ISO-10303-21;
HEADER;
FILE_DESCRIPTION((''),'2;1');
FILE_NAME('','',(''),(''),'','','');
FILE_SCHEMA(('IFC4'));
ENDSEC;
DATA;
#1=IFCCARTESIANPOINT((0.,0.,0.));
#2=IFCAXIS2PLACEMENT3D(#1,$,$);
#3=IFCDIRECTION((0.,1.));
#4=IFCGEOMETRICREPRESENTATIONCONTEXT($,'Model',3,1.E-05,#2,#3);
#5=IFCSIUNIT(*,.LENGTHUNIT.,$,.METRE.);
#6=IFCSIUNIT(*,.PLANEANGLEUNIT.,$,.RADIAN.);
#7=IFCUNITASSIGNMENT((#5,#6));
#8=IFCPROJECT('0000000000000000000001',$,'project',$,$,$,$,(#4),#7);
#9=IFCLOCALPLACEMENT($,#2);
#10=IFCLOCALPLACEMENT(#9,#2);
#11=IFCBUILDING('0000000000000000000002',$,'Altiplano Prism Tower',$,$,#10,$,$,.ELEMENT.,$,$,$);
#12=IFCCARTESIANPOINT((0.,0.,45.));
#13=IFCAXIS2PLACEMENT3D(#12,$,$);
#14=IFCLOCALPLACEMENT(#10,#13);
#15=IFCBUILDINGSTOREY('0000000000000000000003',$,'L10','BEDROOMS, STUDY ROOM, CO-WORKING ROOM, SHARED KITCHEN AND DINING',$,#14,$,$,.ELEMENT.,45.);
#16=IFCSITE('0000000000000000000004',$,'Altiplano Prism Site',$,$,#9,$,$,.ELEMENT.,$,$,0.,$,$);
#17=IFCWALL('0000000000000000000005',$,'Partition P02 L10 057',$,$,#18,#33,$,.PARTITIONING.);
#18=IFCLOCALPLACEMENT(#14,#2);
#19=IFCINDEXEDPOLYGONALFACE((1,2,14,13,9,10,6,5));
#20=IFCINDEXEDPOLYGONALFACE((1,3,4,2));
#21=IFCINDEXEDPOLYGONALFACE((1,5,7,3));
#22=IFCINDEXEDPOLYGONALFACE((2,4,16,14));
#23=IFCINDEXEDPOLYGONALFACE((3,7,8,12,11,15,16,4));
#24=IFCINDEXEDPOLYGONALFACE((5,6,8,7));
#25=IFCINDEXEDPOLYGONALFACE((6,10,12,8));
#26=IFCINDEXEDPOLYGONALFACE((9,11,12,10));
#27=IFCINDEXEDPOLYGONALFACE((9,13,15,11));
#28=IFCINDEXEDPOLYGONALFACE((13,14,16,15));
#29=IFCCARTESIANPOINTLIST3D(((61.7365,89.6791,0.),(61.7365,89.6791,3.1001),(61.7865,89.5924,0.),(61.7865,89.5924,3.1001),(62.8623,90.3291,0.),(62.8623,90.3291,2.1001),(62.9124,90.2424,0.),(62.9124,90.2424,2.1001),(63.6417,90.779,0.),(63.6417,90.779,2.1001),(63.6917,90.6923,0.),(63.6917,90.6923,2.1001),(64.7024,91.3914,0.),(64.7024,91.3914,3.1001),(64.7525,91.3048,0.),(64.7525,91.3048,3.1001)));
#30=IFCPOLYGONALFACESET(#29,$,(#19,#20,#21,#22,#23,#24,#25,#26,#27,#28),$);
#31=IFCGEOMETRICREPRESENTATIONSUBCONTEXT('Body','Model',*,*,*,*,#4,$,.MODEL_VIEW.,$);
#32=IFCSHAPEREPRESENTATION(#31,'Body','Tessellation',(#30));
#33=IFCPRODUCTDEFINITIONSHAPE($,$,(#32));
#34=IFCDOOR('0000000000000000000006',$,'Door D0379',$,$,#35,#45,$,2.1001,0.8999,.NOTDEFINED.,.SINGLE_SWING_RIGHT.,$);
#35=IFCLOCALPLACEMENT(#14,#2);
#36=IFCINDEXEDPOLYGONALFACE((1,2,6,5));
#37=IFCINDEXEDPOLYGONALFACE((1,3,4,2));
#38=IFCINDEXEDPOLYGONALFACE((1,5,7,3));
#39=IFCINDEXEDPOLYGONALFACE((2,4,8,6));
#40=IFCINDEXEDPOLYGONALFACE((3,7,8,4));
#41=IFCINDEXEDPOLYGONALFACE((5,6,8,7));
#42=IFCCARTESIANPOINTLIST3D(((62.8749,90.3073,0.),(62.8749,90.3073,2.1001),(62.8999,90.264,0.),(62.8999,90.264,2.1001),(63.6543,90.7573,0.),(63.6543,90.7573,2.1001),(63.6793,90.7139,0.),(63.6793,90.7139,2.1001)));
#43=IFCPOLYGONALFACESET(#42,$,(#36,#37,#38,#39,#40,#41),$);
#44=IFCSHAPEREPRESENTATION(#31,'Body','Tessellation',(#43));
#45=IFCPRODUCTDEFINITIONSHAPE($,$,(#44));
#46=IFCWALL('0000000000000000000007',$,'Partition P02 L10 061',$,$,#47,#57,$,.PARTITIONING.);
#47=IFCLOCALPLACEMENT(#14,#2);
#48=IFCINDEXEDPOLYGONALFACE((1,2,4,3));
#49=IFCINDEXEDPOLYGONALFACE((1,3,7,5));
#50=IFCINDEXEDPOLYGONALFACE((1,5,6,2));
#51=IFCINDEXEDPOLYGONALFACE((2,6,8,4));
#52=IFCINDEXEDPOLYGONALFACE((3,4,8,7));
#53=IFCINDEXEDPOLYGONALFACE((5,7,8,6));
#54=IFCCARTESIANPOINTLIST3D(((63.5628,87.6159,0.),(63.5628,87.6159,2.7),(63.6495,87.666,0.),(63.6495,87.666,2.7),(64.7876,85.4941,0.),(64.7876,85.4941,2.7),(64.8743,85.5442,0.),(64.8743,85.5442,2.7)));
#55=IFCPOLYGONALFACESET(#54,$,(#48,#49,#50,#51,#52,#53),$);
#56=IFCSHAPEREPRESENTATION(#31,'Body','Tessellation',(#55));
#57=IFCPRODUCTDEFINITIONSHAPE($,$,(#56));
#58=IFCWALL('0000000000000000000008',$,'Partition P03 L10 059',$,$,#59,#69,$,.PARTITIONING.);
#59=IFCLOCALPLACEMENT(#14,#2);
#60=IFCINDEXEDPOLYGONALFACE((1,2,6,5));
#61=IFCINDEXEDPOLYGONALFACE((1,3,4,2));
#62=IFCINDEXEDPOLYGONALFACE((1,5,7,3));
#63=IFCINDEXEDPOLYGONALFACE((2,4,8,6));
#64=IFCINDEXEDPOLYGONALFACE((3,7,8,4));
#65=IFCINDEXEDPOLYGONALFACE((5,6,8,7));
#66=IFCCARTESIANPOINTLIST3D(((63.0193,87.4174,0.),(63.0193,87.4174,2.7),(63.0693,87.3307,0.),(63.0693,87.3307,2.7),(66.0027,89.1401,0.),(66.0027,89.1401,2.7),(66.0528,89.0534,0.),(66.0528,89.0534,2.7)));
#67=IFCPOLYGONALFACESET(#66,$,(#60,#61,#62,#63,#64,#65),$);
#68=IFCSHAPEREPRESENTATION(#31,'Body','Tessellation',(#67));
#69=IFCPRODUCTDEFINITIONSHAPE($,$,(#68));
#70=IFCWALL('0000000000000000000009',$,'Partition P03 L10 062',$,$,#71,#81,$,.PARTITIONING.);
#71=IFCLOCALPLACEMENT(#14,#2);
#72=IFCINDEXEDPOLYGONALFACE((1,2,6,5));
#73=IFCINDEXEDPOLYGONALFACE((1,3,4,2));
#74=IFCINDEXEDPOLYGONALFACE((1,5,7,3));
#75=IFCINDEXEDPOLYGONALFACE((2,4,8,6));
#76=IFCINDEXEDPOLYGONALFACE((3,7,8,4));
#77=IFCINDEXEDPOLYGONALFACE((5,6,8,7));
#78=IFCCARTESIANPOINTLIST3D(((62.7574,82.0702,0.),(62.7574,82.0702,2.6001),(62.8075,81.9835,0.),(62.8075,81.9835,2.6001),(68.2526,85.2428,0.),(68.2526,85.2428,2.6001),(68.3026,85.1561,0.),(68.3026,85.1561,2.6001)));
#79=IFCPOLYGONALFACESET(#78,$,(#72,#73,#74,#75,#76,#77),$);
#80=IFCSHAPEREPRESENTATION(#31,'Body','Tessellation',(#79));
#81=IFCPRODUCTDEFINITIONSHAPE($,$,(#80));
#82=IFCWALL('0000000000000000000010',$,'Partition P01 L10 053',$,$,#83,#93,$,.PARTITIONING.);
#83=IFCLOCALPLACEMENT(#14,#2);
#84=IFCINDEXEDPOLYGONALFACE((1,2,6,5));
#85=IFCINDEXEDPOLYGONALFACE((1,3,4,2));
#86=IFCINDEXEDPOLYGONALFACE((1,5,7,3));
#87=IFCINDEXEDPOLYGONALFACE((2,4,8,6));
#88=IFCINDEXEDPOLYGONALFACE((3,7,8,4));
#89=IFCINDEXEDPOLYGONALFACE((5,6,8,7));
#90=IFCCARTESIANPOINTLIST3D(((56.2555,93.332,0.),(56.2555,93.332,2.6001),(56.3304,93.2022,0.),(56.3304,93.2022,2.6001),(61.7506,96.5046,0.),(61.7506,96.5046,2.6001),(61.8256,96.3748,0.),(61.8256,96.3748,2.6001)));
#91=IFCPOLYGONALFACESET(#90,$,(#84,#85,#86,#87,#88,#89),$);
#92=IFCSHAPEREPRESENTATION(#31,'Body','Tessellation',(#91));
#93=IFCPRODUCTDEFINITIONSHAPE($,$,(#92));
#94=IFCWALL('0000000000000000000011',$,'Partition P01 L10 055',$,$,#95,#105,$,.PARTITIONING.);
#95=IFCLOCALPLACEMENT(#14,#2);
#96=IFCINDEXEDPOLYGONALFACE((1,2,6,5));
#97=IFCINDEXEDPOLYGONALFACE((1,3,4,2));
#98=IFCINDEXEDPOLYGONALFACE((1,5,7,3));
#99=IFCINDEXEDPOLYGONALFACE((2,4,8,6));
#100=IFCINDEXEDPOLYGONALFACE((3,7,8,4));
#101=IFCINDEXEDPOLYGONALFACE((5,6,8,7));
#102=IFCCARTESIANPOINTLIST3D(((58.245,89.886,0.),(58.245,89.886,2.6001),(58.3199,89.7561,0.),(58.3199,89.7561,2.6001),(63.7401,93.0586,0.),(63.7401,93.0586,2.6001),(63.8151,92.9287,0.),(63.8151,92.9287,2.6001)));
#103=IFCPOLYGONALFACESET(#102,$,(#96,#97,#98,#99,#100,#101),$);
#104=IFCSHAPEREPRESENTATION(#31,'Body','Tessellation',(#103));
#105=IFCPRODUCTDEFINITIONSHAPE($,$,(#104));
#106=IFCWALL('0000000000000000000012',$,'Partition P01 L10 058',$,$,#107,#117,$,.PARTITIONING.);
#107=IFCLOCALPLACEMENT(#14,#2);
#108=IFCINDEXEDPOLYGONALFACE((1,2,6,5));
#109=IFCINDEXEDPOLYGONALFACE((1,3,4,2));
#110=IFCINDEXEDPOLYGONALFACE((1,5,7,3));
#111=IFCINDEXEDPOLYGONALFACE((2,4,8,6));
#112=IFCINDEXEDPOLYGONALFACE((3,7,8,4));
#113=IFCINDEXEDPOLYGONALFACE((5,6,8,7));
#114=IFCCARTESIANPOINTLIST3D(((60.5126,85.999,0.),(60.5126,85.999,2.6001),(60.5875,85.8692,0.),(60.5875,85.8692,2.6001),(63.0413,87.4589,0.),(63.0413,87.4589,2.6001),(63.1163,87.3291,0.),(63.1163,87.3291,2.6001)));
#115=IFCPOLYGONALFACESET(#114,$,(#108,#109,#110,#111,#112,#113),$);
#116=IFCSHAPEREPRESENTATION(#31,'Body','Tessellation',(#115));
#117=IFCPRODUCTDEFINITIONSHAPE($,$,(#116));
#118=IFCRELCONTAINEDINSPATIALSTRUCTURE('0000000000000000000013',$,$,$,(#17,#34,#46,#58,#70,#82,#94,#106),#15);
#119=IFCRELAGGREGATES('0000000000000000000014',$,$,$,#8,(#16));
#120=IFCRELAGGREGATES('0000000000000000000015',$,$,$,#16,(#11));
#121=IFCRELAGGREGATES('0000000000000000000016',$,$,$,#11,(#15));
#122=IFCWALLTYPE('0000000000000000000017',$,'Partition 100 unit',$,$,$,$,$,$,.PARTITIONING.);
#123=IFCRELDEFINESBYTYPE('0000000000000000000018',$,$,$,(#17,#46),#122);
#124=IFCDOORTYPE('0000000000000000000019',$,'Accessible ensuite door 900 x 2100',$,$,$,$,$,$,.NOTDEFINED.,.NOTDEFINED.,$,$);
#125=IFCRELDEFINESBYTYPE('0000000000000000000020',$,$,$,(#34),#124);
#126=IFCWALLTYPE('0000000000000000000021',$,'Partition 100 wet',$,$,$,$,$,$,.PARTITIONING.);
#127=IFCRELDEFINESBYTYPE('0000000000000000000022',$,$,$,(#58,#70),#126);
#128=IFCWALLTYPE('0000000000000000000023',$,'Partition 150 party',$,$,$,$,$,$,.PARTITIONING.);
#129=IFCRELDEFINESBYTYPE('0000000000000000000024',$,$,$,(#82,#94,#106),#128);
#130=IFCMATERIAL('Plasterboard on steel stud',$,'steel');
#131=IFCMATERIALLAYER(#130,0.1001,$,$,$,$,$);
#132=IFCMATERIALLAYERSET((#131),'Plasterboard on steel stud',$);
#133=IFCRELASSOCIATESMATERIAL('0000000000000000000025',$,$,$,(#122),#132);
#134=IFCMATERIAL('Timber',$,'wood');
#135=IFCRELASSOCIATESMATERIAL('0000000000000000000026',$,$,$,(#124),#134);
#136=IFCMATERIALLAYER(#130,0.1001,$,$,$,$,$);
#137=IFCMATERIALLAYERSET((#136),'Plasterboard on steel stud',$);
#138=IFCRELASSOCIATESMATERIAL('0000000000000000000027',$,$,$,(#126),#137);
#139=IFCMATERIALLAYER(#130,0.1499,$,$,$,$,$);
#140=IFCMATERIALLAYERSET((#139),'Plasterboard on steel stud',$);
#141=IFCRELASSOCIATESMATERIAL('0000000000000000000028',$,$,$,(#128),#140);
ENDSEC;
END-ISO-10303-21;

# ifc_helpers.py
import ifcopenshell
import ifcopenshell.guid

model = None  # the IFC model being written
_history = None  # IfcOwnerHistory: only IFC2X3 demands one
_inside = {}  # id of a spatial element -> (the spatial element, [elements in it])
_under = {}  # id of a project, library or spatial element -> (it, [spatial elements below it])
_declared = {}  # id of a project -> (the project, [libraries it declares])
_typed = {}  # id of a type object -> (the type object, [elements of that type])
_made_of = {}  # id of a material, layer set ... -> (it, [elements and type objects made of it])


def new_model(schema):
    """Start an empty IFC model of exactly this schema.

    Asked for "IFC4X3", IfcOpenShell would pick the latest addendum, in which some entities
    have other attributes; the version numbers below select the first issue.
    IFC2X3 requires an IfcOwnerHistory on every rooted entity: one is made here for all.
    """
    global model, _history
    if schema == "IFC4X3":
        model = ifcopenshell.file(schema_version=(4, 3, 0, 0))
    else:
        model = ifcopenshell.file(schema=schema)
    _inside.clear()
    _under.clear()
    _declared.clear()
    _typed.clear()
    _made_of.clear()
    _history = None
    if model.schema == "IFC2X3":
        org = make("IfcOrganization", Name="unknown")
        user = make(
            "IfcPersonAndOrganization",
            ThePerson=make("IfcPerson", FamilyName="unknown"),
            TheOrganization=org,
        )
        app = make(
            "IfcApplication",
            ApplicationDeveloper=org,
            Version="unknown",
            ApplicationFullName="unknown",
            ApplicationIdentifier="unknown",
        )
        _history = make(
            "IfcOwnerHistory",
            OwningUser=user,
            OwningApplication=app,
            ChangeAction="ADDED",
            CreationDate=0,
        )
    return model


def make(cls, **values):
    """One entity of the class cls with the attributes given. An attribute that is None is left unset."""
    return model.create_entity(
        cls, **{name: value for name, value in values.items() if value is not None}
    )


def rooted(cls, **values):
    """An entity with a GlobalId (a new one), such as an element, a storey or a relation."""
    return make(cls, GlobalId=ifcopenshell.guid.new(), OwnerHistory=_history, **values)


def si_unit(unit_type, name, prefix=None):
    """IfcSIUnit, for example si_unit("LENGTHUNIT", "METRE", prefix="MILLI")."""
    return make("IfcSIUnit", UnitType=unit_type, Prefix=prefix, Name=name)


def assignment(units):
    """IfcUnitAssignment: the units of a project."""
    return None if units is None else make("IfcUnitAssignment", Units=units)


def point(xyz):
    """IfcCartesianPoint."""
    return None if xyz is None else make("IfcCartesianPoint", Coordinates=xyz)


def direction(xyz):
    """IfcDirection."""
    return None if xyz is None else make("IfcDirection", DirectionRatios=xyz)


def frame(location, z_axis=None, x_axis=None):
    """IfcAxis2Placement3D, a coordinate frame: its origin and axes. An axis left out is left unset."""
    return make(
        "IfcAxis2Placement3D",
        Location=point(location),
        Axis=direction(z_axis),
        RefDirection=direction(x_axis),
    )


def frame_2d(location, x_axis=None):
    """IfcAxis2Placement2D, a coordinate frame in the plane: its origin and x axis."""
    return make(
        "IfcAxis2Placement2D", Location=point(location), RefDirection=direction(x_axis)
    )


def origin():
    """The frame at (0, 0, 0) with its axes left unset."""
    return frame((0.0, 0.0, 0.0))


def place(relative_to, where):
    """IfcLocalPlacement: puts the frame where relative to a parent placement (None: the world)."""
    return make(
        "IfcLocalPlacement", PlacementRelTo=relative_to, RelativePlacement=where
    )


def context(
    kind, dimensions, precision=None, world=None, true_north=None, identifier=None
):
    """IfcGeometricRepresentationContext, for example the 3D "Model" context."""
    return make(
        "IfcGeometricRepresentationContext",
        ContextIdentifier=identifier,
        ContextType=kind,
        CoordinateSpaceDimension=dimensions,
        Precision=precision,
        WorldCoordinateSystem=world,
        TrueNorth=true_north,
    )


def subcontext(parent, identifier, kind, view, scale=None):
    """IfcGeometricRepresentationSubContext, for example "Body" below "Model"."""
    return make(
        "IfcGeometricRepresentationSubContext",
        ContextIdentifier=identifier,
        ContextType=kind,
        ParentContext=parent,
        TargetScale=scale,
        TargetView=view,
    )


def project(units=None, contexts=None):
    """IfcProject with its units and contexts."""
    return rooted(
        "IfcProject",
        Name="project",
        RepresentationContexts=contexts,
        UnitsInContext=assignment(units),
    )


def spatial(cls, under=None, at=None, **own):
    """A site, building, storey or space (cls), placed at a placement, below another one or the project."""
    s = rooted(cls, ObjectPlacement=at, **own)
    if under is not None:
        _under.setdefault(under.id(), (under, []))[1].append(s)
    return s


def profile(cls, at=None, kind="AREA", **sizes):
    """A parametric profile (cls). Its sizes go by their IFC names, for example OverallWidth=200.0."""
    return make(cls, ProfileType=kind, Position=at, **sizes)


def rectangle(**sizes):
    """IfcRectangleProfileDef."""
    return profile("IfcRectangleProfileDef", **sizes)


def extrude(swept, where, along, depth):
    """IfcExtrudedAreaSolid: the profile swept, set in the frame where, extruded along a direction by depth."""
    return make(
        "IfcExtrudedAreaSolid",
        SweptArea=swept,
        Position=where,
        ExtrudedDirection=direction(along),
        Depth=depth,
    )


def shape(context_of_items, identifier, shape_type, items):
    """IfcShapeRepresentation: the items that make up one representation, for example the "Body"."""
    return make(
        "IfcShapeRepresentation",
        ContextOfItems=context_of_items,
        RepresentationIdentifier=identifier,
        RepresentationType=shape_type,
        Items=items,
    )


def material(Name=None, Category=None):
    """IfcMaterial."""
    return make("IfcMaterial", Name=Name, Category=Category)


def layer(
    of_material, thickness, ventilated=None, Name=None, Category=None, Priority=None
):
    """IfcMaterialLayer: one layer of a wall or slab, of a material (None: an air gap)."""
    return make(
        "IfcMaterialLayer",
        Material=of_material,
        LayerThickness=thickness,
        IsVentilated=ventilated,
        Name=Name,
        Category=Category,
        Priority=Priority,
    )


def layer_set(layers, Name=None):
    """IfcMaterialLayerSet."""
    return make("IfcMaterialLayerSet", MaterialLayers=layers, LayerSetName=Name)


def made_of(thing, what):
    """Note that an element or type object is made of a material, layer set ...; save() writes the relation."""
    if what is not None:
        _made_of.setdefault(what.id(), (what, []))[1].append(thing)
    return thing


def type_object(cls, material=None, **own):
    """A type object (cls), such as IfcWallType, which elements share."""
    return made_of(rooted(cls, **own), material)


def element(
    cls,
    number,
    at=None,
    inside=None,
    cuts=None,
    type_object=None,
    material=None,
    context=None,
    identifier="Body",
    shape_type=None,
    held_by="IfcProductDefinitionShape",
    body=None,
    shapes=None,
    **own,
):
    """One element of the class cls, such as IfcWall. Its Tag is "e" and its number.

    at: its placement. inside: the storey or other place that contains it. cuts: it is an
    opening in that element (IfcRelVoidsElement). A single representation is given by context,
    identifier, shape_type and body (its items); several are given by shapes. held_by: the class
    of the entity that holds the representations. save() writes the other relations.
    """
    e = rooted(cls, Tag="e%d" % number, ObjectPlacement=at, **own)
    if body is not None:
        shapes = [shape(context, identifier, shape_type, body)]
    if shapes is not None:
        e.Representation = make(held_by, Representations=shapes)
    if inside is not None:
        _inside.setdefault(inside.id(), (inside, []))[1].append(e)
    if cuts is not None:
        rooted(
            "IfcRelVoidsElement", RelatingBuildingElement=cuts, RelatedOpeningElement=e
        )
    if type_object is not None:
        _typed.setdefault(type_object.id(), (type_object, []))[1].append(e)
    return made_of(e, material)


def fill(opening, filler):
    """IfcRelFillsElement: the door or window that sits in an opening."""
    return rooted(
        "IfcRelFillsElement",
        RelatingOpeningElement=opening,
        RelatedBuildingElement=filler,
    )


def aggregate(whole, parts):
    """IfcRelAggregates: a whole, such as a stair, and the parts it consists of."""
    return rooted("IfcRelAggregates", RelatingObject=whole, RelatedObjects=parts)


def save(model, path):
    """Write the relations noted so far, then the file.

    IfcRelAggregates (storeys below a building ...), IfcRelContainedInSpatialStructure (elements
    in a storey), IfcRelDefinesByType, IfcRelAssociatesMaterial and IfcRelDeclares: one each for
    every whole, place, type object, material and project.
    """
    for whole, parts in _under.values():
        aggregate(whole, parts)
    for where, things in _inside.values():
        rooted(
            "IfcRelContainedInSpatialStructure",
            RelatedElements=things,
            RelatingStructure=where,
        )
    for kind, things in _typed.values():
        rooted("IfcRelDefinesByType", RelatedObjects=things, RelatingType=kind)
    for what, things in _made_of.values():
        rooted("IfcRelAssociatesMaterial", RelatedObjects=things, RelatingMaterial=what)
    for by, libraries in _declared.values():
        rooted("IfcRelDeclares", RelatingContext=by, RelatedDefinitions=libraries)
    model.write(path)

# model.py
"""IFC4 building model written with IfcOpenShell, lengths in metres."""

from ifc_helpers import new_model, si_unit, direction, frame, frame_2d, origin, place, context, subcontext, project, spatial, rectangle, extrude, material, layer, layer_set, type_object, element, fill, save


model = new_model("IFC4")

# Units and contexts
model_context = context("Model", 3, precision=1e-05, world=origin(), true_north=direction((0.0, 1.0)))
body_context = subcontext(model_context, "Body", "Model", "MODEL_VIEW")
ifc_project = project(units=[si_unit("LENGTHUNIT", "METRE"), si_unit("PLANEANGLEUNIT", "RADIAN")], contexts=[model_context])

# Site, building, storey
site_placement = place(None, origin())
site = spatial("IfcSite", under=ifc_project, at=site_placement, Name="Altiplano Prism Site", CompositionType="ELEMENT", RefElevation=0.0)
building_placement = place(site_placement, origin())
building = spatial("IfcBuilding", under=site, at=building_placement, Name="Altiplano Prism Tower", CompositionType="ELEMENT")
storey_placement = place(building_placement, frame((0.0, 0.0, 45.0)))
storey = spatial("IfcBuildingStorey", under=building, at=storey_placement, Name="L10", Description="BEDROOMS, STUDY ROOM, CO-WORKING ROOM, SHARED KITCHEN AND DINING", CompositionType="ELEMENT", Elevation=45.0)

# Shared definitions
ifc_material_1 = material(Name="Plasterboard on steel stud", Category="steel")
ifc_layer_1 = layer(ifc_material_1, 0.1001)
ifc_layer_set_1 = layer_set([ifc_layer_1], Name="Plasterboard on steel stud")
wall_type_1 = type_object("IfcWallType", Name="Partition 100 unit", PredefinedType="PARTITIONING", material=ifc_layer_set_1)

# Wall, opening, door
wall_1_placement = place(storey_placement, frame((61.7615, 89.6357, 0.0), z_axis=(0.0, 0.0, 1.0), x_axis=(0.866032, 0.499988, 0.0)))
wall_1 = element("IfcWall", 1, at=wall_1_placement, inside=storey, type_object=wall_type_1, Name="Partition P02 L10 057", PredefinedType="PARTITIONING", context=body_context, shape_type="SweptSolid", body=[
    extrude(rectangle(XDim=3.4248, YDim=0.1001, at=frame_2d((1.7124, 0.0))), origin(), (0.0, 0.0, 1.0), 3.1001),
])
opening_placement = place(wall_1_placement, frame((1.3, 0.0, 0.0)))
opening = element("IfcOpeningElement", 2, at=opening_placement, cuts=wall_1, PredefinedType="OPENING", context=body_context, shape_type="SweptSolid", body=[
    extrude(rectangle(XDim=0.8999, YDim=2.1001, at=frame_2d((0.45, 1.05))), frame((0.0, 0.0605, 0.0), z_axis=(0.0, -1.0, 0.0), x_axis=(1.0, 0.0, 0.0)), (0.0, 0.0, 1.0), 0.1211),
])
ifc_material_2 = material(Name="Timber", Category="wood")
door_type = type_object("IfcDoorType", Name="Accessible ensuite door 900 x 2100", OperationType="NOTDEFINED", PredefinedType="NOTDEFINED", material=ifc_material_2)
door_placement = place(opening_placement, origin())
door = element("IfcDoor", 3, at=door_placement, inside=storey, type_object=door_type, Name="Door D0379", OperationType="SINGLE_SWING_RIGHT", OverallHeight=2.1001, OverallWidth=0.8999, PredefinedType="NOTDEFINED", context=body_context, shape_type="SweptSolid", body=[
    extrude(rectangle(XDim=0.8999, YDim=2.1001, at=frame_2d((0.45, 1.05))), frame((0.0, 0.0249, 0.0), z_axis=(0.0, -1.0, 0.0), x_axis=(1.0, 0.0, 0.0)), (0.0, 0.0, 1.0), 0.05),
])
fill(opening, door)

# Walls
wall_2_placement = place(storey_placement, frame((64.8311, 85.519, 0.0), z_axis=(0.0, 0.0, 1.0), x_axis=(-0.499944, 0.866058, 0.0)))
element("IfcWall", 4, at=wall_2_placement, inside=storey, type_object=wall_type_1, Name="Partition P02 L10 061", PredefinedType="PARTITIONING", context=body_context, shape_type="SweptSolid", body=[
    extrude(rectangle(XDim=2.45, YDim=0.1001, at=frame_2d((1.2251, 0.0))), origin(), (0.0, 0.0, 1.0), 2.7),
])
ifc_layer_2 = layer(ifc_material_1, 0.1001)
ifc_layer_set_2 = layer_set([ifc_layer_2], Name="Plasterboard on steel stud")
wall_type_2 = type_object("IfcWallType", Name="Partition 100 wet", PredefinedType="PARTITIONING", material=ifc_layer_set_2)
wall_3_placement = place(storey_placement, frame((63.0442, 87.374, 0.0), z_axis=(0.0, 0.0, 1.0), x_axis=(0.866001, 0.500041, 0.0)))
element("IfcWall", 5, at=wall_3_placement, inside=storey, type_object=wall_type_2, Name="Partition P03 L10 059", PredefinedType="PARTITIONING", context=body_context, shape_type="SweptSolid", body=[
    extrude(rectangle(XDim=3.4451, YDim=0.1001, at=frame_2d((1.7227, 0.0))), origin(), (0.0, 0.0, 1.0), 2.7),
])
wall_4_placement = place(storey_placement, frame((62.7825, 82.0269, 0.0), z_axis=(0.0, 0.0, 1.0), x_axis=(0.866025, 0.5, 0.0)))
element("IfcWall", 6, at=wall_4_placement, inside=storey, type_object=wall_type_2, Name="Partition P03 L10 062", PredefinedType="PARTITIONING", context=body_context, shape_type="SweptSolid", body=[
    extrude(rectangle(XDim=6.3452, YDim=0.1001, at=frame_2d((3.1726, 0.0))), origin(), (0.0, 0.0, 1.0), 2.6001),
])
ifc_layer_3 = layer(ifc_material_1, 0.1499)
ifc_layer_set_3 = layer_set([ifc_layer_3], Name="Plasterboard on steel stud")
wall_type_3 = type_object("IfcWallType", Name="Partition 150 party", PredefinedType="PARTITIONING", material=ifc_layer_set_3)
for number, where, z_axis, x_axis, name in (
    (7, (56.293, 93.2671, 0.0), (0.0, 0.0, 1.0), (0.866025, 0.5, 0.0), "Partition P01 L10 053"),
    (8, (58.2825, 89.821, 0.0), (0.0, 0.0, 1.0), (0.866025, 0.5, 0.0), "Partition P01 L10 055"),
):
    element("IfcWall", number, at=place(storey_placement, frame(where, z_axis=z_axis, x_axis=x_axis)), inside=storey, type_object=wall_type_3, Name=name, PredefinedType="PARTITIONING", context=body_context, shape_type="SweptSolid", body=[
        extrude(rectangle(XDim=6.3452, YDim=0.1499, at=frame_2d((3.1726, 0.0))), origin(), (0.0, 0.0, 1.0), 2.6001),
    ])
wall_5_placement = place(storey_placement, frame((60.55, 85.9341, 0.0), z_axis=(0.0, 0.0, 1.0), x_axis=(0.866032, 0.499988, 0.0)))
element("IfcWall", 9, at=wall_5_placement, inside=storey, type_object=wall_type_3, Name="Partition P01 L10 058", PredefinedType="PARTITIONING", context=body_context, shape_type="SweptSolid", body=[
    extrude(rectangle(XDim=2.9199, YDim=0.1499, at=frame_2d((1.46, 0.0))), origin(), (0.0, 0.0, 1.0), 2.6001),
])

save(model, "model.ifc")
